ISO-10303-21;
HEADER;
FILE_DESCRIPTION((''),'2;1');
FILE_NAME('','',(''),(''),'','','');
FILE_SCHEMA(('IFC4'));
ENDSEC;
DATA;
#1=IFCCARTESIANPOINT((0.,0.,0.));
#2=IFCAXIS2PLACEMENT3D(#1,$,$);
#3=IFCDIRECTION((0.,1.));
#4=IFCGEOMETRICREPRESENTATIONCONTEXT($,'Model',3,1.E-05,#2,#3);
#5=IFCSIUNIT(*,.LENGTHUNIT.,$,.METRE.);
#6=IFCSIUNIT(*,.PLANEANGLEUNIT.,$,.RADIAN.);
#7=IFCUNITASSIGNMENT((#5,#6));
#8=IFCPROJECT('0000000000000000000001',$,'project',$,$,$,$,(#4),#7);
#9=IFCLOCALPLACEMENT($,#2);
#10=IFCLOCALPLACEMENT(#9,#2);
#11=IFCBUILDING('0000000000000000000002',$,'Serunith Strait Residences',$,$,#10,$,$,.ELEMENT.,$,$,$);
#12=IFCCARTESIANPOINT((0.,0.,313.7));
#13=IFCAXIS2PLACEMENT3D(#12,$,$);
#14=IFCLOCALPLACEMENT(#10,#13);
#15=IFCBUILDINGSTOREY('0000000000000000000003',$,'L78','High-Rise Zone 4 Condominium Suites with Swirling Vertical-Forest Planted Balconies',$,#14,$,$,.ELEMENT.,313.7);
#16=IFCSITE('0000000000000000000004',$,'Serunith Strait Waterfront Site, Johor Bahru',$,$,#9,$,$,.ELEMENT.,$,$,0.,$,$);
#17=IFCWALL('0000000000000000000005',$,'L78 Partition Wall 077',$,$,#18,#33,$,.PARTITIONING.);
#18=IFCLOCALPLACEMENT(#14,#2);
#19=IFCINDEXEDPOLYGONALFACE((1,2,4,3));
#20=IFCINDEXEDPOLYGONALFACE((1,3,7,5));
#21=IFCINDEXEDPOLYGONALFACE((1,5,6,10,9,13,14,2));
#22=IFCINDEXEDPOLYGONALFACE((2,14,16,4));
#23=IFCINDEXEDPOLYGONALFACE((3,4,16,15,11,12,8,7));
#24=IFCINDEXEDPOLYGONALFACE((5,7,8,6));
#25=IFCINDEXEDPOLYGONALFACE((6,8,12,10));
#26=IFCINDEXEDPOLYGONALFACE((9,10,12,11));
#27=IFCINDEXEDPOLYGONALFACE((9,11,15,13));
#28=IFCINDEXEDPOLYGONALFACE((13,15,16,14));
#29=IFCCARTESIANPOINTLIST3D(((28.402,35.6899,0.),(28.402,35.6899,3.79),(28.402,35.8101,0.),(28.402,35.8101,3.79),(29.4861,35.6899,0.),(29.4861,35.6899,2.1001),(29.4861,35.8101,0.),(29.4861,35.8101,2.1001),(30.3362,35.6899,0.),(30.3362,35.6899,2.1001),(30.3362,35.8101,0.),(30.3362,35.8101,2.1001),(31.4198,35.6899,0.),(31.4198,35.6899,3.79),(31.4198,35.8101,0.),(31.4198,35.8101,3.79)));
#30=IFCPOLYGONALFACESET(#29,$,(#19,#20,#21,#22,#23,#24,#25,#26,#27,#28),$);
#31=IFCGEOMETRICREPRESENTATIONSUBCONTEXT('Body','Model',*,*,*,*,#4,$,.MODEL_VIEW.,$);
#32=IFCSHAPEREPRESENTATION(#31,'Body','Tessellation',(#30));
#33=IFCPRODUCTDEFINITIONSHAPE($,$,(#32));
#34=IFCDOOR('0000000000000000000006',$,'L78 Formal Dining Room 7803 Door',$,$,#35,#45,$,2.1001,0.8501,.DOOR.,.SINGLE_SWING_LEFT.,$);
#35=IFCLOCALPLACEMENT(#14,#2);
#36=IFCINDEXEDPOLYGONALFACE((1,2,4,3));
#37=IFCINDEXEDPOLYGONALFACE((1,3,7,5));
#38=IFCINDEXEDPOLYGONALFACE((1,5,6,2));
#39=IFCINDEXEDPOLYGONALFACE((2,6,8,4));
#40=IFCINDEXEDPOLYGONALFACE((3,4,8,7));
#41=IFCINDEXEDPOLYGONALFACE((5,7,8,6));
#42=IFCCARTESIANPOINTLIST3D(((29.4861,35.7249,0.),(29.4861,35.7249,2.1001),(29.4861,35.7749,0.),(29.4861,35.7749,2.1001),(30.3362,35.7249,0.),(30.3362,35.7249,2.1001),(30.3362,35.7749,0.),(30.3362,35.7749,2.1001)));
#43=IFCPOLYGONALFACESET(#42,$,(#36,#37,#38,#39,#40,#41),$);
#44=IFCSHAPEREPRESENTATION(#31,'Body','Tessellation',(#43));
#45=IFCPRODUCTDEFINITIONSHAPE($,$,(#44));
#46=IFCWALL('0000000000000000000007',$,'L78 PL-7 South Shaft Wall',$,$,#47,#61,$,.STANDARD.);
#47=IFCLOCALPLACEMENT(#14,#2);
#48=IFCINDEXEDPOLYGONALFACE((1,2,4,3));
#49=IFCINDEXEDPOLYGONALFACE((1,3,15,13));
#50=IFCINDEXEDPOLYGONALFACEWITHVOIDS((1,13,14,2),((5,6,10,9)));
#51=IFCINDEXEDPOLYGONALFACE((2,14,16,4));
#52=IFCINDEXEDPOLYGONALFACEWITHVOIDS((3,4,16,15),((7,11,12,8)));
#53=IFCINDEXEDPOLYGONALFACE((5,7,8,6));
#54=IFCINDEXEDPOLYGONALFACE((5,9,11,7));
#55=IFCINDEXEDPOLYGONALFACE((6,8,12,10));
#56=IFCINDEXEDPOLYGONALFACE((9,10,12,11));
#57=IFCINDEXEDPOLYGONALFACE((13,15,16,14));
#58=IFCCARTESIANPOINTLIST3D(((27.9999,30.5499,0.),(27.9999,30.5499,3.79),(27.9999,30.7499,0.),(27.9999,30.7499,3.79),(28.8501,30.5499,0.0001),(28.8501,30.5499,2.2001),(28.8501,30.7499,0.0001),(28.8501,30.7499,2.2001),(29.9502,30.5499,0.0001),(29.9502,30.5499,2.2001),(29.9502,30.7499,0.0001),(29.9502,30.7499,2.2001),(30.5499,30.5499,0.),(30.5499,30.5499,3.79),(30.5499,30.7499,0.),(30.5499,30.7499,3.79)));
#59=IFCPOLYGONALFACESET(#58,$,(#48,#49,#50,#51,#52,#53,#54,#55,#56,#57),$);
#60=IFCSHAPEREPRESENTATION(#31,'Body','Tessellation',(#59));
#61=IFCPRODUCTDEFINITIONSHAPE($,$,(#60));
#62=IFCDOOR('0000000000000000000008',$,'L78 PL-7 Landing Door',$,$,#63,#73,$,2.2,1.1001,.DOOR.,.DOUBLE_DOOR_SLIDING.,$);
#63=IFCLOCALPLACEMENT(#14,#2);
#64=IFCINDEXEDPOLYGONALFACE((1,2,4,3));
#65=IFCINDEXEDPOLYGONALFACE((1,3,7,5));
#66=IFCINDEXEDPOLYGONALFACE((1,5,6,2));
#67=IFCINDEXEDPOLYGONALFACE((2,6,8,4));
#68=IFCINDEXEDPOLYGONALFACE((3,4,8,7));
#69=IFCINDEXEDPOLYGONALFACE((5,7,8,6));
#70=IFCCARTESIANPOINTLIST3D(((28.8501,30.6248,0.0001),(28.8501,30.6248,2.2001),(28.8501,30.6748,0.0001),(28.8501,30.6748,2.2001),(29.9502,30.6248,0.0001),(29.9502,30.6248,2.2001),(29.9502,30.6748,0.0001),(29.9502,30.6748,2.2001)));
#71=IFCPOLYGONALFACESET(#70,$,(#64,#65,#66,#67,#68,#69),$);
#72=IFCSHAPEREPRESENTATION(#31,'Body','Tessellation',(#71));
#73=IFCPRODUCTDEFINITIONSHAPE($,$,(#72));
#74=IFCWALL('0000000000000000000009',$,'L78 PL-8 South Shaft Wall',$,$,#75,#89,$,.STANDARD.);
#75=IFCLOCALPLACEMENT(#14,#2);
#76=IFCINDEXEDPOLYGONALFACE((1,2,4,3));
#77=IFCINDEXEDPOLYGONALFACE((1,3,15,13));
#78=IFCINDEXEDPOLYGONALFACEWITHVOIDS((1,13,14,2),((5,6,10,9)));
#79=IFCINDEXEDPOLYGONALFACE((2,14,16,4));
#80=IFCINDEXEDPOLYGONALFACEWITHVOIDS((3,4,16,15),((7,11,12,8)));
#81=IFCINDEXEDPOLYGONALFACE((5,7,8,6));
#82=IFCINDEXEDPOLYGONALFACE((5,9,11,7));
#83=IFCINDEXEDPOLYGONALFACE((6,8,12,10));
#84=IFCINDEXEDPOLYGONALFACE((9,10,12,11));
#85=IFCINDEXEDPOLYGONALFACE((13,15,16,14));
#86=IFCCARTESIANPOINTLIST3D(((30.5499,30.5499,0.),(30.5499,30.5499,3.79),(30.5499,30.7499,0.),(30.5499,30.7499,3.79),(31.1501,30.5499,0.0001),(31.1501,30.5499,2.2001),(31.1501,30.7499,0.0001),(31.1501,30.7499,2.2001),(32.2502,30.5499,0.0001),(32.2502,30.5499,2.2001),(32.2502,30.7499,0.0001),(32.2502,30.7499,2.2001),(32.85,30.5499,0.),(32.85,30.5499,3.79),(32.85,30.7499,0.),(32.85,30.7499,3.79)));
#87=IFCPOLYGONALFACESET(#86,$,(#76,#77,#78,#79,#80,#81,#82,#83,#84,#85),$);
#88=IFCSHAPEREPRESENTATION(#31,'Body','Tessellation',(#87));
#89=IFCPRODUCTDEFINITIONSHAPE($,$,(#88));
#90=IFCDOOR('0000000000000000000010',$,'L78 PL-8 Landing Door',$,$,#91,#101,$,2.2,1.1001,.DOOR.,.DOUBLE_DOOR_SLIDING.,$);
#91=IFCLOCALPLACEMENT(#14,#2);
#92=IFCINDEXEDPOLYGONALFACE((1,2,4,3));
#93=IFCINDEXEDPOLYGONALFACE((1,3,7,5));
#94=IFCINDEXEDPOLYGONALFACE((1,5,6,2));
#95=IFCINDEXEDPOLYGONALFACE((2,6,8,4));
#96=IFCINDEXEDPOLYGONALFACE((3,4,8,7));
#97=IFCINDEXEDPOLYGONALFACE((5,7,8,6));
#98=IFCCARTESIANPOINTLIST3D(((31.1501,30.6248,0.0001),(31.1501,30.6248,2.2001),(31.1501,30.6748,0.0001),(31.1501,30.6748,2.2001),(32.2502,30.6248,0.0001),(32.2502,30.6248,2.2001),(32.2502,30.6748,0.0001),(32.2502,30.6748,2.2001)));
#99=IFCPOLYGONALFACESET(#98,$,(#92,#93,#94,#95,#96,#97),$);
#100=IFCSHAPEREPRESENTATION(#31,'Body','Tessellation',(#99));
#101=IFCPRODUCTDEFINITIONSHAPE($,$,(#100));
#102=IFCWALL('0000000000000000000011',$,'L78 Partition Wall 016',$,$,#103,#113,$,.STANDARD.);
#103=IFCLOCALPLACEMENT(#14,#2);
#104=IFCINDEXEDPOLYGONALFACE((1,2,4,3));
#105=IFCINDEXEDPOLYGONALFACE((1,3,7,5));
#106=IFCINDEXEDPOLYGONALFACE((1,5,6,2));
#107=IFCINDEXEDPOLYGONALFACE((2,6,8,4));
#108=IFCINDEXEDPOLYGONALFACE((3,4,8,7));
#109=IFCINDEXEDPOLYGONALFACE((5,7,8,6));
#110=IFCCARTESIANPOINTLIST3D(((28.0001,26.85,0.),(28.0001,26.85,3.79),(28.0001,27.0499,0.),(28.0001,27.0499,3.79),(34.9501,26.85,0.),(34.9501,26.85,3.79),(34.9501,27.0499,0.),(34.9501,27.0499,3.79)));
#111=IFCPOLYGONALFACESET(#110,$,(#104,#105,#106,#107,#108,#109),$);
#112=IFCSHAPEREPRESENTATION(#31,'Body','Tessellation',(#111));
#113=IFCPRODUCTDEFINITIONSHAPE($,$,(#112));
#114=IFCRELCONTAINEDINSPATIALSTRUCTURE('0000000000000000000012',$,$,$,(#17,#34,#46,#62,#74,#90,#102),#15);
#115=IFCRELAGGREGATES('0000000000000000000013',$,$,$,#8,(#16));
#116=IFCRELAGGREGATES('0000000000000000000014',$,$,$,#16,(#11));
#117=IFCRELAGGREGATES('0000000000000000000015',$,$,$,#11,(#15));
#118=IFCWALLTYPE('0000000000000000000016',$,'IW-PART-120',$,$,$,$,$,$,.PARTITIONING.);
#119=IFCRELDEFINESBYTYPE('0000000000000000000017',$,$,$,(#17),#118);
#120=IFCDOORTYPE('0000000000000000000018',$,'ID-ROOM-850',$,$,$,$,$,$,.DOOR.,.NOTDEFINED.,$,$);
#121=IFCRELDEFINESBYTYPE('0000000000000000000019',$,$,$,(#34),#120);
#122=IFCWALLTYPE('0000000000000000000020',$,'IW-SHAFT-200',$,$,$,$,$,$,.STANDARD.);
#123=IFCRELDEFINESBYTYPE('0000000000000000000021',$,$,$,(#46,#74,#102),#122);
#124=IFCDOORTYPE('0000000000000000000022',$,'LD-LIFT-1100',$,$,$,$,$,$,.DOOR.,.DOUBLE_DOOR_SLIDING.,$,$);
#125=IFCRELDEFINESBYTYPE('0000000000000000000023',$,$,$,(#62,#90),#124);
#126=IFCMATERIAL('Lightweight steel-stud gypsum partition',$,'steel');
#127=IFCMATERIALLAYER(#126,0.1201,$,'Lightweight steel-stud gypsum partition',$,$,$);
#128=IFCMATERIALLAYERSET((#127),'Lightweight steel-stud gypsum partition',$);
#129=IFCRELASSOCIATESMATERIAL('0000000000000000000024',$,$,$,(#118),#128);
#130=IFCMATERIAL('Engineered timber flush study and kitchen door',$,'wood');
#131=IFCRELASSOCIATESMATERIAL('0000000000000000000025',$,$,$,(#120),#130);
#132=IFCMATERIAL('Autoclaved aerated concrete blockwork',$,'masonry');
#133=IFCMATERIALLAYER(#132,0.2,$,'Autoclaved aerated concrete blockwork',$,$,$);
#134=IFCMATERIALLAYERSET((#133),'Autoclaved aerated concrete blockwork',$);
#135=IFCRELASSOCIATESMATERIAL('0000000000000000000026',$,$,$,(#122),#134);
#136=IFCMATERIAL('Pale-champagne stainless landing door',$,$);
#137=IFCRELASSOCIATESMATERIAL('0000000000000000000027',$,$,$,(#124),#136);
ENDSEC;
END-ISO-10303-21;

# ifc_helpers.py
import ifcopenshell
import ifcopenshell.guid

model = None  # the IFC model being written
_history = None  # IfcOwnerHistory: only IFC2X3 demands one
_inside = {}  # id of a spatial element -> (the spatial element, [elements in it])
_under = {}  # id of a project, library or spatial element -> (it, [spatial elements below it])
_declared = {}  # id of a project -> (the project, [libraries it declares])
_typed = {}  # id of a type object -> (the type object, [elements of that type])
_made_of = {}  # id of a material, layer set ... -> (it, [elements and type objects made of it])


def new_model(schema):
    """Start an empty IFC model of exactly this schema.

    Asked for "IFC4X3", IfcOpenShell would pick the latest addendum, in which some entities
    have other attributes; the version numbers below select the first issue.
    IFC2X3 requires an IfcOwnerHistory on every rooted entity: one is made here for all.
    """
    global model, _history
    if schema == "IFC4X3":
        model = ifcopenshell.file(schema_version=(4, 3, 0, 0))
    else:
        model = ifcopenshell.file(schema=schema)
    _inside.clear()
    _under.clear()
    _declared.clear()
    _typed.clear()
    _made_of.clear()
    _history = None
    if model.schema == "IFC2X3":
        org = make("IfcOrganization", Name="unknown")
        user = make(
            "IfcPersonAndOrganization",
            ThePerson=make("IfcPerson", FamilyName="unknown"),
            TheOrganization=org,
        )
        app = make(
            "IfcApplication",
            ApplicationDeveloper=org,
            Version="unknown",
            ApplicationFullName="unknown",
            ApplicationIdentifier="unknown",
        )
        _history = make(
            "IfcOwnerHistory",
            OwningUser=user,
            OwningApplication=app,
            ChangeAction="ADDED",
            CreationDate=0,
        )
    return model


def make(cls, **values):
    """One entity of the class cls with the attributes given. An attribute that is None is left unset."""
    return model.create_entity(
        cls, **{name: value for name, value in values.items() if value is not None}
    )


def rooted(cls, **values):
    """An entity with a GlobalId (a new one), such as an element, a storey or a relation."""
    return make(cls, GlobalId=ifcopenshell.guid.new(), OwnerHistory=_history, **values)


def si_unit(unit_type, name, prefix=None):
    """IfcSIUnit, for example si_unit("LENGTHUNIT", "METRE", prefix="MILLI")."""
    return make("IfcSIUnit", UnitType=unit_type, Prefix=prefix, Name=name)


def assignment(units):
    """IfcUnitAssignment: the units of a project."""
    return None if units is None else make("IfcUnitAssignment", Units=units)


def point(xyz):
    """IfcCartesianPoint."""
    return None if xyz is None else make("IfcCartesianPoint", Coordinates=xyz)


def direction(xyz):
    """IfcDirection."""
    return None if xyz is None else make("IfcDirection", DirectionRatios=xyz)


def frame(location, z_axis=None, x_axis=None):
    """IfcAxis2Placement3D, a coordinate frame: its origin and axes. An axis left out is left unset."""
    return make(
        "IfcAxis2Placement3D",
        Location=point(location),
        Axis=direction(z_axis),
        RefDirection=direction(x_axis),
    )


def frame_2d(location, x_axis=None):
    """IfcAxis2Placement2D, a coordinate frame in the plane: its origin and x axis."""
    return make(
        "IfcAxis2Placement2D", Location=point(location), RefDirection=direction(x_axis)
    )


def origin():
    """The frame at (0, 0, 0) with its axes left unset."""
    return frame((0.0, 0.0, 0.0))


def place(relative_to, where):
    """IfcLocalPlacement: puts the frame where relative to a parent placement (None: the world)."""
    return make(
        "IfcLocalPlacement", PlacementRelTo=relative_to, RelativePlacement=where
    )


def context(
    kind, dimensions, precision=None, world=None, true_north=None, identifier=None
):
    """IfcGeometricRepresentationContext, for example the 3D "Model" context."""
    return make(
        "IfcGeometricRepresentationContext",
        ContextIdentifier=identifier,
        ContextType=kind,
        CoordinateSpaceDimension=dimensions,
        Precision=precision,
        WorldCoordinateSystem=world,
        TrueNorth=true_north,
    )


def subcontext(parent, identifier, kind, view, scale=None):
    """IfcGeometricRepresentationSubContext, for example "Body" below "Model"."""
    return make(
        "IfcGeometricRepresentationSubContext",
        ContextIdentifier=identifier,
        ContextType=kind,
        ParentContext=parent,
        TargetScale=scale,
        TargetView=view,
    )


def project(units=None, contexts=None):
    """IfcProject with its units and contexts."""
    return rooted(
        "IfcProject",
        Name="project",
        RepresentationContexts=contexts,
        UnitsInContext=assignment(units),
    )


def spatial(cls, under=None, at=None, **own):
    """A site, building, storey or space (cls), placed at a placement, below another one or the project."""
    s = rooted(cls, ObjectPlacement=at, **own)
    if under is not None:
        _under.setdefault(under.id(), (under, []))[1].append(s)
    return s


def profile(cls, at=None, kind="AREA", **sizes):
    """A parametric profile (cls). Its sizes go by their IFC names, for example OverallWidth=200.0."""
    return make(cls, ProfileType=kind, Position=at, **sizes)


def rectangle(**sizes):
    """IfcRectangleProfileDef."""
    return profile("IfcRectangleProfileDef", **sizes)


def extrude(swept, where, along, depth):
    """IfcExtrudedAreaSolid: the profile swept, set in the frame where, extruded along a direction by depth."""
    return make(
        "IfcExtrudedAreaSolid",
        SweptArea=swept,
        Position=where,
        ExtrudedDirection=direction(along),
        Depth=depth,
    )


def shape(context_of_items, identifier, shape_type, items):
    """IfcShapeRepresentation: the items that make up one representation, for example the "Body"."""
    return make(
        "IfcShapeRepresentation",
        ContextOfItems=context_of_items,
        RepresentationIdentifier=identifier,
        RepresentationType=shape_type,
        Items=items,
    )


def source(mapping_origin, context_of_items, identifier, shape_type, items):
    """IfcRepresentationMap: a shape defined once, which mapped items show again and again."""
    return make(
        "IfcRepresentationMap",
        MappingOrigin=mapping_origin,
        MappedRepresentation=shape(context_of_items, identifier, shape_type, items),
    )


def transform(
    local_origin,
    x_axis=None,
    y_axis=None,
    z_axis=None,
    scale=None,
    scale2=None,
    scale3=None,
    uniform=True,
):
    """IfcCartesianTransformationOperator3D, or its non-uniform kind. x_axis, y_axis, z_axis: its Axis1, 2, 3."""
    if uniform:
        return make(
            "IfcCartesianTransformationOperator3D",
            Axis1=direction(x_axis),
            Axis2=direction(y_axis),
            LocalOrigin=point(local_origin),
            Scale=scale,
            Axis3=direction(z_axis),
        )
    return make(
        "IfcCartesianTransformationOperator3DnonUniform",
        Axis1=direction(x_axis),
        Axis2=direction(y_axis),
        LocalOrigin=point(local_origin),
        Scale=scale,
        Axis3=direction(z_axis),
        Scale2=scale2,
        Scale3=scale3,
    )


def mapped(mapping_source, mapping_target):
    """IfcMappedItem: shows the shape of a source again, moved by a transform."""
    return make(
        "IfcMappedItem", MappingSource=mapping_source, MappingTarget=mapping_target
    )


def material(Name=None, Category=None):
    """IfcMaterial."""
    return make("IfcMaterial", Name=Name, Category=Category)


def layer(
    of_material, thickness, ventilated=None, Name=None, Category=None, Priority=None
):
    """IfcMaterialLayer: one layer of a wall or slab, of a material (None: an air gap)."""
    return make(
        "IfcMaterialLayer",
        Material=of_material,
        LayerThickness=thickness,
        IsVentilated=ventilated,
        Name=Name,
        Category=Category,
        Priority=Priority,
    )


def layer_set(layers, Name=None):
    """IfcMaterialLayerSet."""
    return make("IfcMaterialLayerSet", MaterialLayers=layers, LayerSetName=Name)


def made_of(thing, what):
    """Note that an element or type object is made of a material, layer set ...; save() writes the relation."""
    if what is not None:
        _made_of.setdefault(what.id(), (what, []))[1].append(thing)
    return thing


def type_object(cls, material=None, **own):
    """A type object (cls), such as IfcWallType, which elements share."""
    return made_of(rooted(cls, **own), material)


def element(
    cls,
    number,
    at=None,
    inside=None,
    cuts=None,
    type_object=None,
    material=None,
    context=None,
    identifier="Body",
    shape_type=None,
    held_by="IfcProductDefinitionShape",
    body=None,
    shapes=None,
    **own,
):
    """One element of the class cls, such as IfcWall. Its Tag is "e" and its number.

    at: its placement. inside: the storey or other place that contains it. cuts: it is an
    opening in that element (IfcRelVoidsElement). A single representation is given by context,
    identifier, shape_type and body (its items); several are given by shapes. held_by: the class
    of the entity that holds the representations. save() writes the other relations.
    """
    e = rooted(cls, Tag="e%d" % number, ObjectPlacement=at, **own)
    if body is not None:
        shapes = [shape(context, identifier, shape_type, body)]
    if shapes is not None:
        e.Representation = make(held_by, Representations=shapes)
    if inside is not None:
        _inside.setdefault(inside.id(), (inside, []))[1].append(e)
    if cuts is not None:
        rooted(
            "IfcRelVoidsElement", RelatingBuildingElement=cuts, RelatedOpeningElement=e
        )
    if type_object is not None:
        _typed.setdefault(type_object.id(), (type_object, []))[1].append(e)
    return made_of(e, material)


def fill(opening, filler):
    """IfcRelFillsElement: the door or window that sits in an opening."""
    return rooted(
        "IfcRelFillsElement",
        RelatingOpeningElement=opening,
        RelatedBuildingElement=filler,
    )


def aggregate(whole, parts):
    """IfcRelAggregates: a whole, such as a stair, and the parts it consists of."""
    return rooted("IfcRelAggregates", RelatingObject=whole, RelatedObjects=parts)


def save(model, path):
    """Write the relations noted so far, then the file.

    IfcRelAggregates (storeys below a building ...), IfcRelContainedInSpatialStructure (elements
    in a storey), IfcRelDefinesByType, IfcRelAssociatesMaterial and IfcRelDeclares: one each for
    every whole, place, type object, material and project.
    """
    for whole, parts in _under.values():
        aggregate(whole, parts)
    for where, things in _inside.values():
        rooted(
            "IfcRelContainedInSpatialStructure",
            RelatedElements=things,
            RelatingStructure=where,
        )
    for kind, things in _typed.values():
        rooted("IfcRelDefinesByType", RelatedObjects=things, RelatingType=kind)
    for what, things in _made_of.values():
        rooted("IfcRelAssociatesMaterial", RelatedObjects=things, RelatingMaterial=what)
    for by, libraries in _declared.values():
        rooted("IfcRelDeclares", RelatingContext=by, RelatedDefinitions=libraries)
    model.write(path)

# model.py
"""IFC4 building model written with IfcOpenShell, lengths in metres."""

from ifc_helpers import new_model, si_unit, direction, frame, frame_2d, origin, place, context, subcontext, project, spatial, rectangle, extrude, source, transform, mapped, material, layer, layer_set, type_object, element, fill, save


model = new_model("IFC4")

# Units and contexts
model_context = context("Model", 3, precision=1e-05, world=origin(), true_north=direction((0.0, 1.0)))
body_context = subcontext(model_context, "Body", "Model", "MODEL_VIEW")
ifc_project = project(units=[si_unit("LENGTHUNIT", "METRE"), si_unit("PLANEANGLEUNIT", "RADIAN")], contexts=[model_context])

# Site, building, storey
site_placement = place(None, origin())
site = spatial("IfcSite", under=ifc_project, at=site_placement, Name="Serunith Strait Waterfront Site, Johor Bahru", CompositionType="ELEMENT", RefElevation=0.0)
building_placement = place(site_placement, origin())
building = spatial("IfcBuilding", under=site, at=building_placement, Name="Serunith Strait Residences", CompositionType="ELEMENT")
storey_placement = place(building_placement, frame((0.0, 0.0, 313.7)))
storey = spatial("IfcBuildingStorey", under=building, at=storey_placement, Name="L78", Description="High-Rise Zone 4 Condominium Suites with Swirling Vertical-Forest Planted Balconies", CompositionType="ELEMENT", Elevation=313.7)

# Walls, openings, doors
ifc_material_1 = material(Name="Lightweight steel-stud gypsum partition", Category="steel")
ifc_layer_1 = layer(ifc_material_1, 0.1201, Name="Lightweight steel-stud gypsum partition")
ifc_layer_set_1 = layer_set([ifc_layer_1], Name="Lightweight steel-stud gypsum partition")
wall_type_1 = type_object("IfcWallType", Name="IW-PART-120", PredefinedType="PARTITIONING", material=ifc_layer_set_1)
ifc_material_2 = material(Name="Engineered timber flush study and kitchen door", Category="wood")
door_type_1 = type_object("IfcDoorType", Name="ID-ROOM-850", OperationType="NOTDEFINED", PredefinedType="DOOR", material=ifc_material_2)
shared_shape_1 = source(origin(), body_context, "Body", "SweptSolid", [
    extrude(rectangle(XDim=0.8501, YDim=2.1001, at=frame_2d((0.425, 1.05))), frame((0.0, 0.0249, 0.0), z_axis=(0.0, -1.0, 0.0), x_axis=(1.0, 0.0, 0.0)), (0.0, 0.0, 1.0), 0.05),
])
wall_1_placement = place(storey_placement, frame((28.4021, 35.75, 0.0), z_axis=(0.0, 0.0, 1.0), x_axis=(1.0, 0.0, 0.0)))
wall_1 = element("IfcWall", 1, at=wall_1_placement, inside=storey, type_object=wall_type_1, Name="L78 Partition Wall 077", PredefinedType="PARTITIONING", context=body_context, shape_type="SweptSolid", body=[
    extrude(rectangle(XDim=3.0178, YDim=0.1201, at=frame_2d((1.5088, 0.0))), origin(), (0.0, 0.0, 1.0), 3.79),
])
opening_1_placement = place(wall_1_placement, frame((1.084, 0.0, 0.0)))
opening_1 = element("IfcOpeningElement", 2, at=opening_1_placement, cuts=wall_1, PredefinedType="OPENING", context=body_context, shape_type="SweptSolid", body=[
    extrude(rectangle(XDim=0.8501, YDim=2.1001, at=frame_2d((0.425, 1.05))), frame((0.0, 0.0701, 0.0), z_axis=(0.0, -1.0, 0.0), x_axis=(1.0, 0.0, 0.0)), (0.0, 0.0, 1.0), 0.1401),
])
door_1_placement = place(opening_1_placement, origin())
door_1 = element("IfcDoor", 3, at=door_1_placement, inside=storey, type_object=door_type_1, Name="L78 Formal Dining Room 7803 Door", OperationType="SINGLE_SWING_LEFT", OverallHeight=2.1001, OverallWidth=0.8501, PredefinedType="DOOR", context=body_context, shape_type="MappedRepresentation", body=[
    mapped(shared_shape_1, transform((0.0, 0.0, 0.0), scale=1.0)),
])
fill(opening_1, door_1)
ifc_material_3 = material(Name="Autoclaved aerated concrete blockwork", Category="masonry")
ifc_layer_2 = layer(ifc_material_3, 0.2, Name="Autoclaved aerated concrete blockwork")
ifc_layer_set_2 = layer_set([ifc_layer_2], Name="Autoclaved aerated concrete blockwork")
wall_type_2 = type_object("IfcWallType", Name="IW-SHAFT-200", PredefinedType="STANDARD", material=ifc_layer_set_2)
wall_2_placement = place(storey_placement, frame((28.0, 30.6499, 0.0), z_axis=(0.0, 0.0, 1.0), x_axis=(1.0, 0.0, 0.0)))
wall_2 = element("IfcWall", 4, at=wall_2_placement, inside=storey, type_object=wall_type_2, Name="L78 PL-7 South Shaft Wall", PredefinedType="STANDARD", context=body_context, shape_type="SweptSolid", body=[
    extrude(rectangle(XDim=2.55, YDim=0.2, at=frame_2d((1.2749, 0.0))), origin(), (0.0, 0.0, 1.0), 3.79),
])
opening_2_placement = place(wall_2_placement, frame((0.8501, 0.0, 0.0)))
opening_2 = element("IfcOpeningElement", 5, at=opening_2_placement, cuts=wall_2, PredefinedType="OPENING", context=body_context, shape_type="SweptSolid", body=[
    extrude(rectangle(XDim=1.1001, YDim=2.2, at=frame_2d((0.55, 1.1001))), frame((0.0, 0.1099, 0.0), z_axis=(0.0, -1.0, 0.0), x_axis=(1.0, 0.0, 0.0)), (0.0, 0.0, 1.0), 0.22),
])
ifc_material_4 = material(Name="Pale-champagne stainless landing door")
door_type_2 = type_object("IfcDoorType", Name="LD-LIFT-1100", OperationType="DOUBLE_DOOR_SLIDING", PredefinedType="DOOR", material=ifc_material_4)
shared_shape_2 = source(origin(), body_context, "Body", "SweptSolid", [
    extrude(rectangle(XDim=1.1001, YDim=2.2, at=frame_2d((0.55, 1.1001))), frame((0.0, 0.0249, 0.0), z_axis=(0.0, -1.0, 0.0), x_axis=(1.0, 0.0, 0.0)), (0.0, 0.0, 1.0), 0.05),
])
door_2_placement = place(opening_2_placement, origin())
door_2 = element("IfcDoor", 6, at=door_2_placement, inside=storey, type_object=door_type_2, Name="L78 PL-7 Landing Door", OperationType="DOUBLE_DOOR_SLIDING", OverallHeight=2.2, OverallWidth=1.1001, PredefinedType="DOOR", context=body_context, shape_type="MappedRepresentation", body=[
    mapped(shared_shape_2, transform((0.0, 0.0, 0.0), scale=1.0)),
])
fill(opening_2, door_2)
wall_3_placement = place(storey_placement, frame((30.55, 30.6499, 0.0), z_axis=(0.0, 0.0, 1.0), x_axis=(1.0, 0.0, 0.0)))
wall_3 = element("IfcWall", 7, at=wall_3_placement, inside=storey, type_object=wall_type_2, Name="L78 PL-8 South Shaft Wall", PredefinedType="STANDARD", context=body_context, shape_type="SweptSolid", body=[
    extrude(rectangle(XDim=2.3, YDim=0.2, at=frame_2d((1.1499, 0.0))), origin(), (0.0, 0.0, 1.0), 3.79),
])
opening_3_placement = place(wall_3_placement, frame((0.6001, 0.0, 0.0)))
opening_3 = element("IfcOpeningElement", 8, at=opening_3_placement, cuts=wall_3, PredefinedType="OPENING", context=body_context, shape_type="SweptSolid", body=[
    extrude(rectangle(XDim=1.1001, YDim=2.2, at=frame_2d((0.55, 1.1001))), frame((0.0, 0.1099, 0.0), z_axis=(0.0, -1.0, 0.0), x_axis=(1.0, 0.0, 0.0)), (0.0, 0.0, 1.0), 0.22),
])
door_3_placement = place(opening_3_placement, origin())
door_3 = element("IfcDoor", 9, at=door_3_placement, inside=storey, type_object=door_type_2, Name="L78 PL-8 Landing Door", OperationType="DOUBLE_DOOR_SLIDING", OverallHeight=2.2, OverallWidth=1.1001, PredefinedType="DOOR", context=body_context, shape_type="MappedRepresentation", body=[
    mapped(shared_shape_2, transform((0.0, 0.0, 0.0), scale=1.0)),
])
fill(opening_3, door_3)

# Wall
wall_4_placement = place(storey_placement, frame((28.0, 26.95, 0.0), z_axis=(0.0, 0.0, 1.0), x_axis=(1.0, 0.0, 0.0)))
element("IfcWall", 10, at=wall_4_placement, inside=storey, type_object=wall_type_2, Name="L78 Partition Wall 016", PredefinedType="STANDARD", context=body_context, shape_type="SweptSolid", body=[
    extrude(rectangle(XDim=6.95, YDim=0.2, at=frame_2d((3.4751, 0.0))), origin(), (0.0, 0.0, 1.0), 3.79),
])

save(model, "model.ifc")
